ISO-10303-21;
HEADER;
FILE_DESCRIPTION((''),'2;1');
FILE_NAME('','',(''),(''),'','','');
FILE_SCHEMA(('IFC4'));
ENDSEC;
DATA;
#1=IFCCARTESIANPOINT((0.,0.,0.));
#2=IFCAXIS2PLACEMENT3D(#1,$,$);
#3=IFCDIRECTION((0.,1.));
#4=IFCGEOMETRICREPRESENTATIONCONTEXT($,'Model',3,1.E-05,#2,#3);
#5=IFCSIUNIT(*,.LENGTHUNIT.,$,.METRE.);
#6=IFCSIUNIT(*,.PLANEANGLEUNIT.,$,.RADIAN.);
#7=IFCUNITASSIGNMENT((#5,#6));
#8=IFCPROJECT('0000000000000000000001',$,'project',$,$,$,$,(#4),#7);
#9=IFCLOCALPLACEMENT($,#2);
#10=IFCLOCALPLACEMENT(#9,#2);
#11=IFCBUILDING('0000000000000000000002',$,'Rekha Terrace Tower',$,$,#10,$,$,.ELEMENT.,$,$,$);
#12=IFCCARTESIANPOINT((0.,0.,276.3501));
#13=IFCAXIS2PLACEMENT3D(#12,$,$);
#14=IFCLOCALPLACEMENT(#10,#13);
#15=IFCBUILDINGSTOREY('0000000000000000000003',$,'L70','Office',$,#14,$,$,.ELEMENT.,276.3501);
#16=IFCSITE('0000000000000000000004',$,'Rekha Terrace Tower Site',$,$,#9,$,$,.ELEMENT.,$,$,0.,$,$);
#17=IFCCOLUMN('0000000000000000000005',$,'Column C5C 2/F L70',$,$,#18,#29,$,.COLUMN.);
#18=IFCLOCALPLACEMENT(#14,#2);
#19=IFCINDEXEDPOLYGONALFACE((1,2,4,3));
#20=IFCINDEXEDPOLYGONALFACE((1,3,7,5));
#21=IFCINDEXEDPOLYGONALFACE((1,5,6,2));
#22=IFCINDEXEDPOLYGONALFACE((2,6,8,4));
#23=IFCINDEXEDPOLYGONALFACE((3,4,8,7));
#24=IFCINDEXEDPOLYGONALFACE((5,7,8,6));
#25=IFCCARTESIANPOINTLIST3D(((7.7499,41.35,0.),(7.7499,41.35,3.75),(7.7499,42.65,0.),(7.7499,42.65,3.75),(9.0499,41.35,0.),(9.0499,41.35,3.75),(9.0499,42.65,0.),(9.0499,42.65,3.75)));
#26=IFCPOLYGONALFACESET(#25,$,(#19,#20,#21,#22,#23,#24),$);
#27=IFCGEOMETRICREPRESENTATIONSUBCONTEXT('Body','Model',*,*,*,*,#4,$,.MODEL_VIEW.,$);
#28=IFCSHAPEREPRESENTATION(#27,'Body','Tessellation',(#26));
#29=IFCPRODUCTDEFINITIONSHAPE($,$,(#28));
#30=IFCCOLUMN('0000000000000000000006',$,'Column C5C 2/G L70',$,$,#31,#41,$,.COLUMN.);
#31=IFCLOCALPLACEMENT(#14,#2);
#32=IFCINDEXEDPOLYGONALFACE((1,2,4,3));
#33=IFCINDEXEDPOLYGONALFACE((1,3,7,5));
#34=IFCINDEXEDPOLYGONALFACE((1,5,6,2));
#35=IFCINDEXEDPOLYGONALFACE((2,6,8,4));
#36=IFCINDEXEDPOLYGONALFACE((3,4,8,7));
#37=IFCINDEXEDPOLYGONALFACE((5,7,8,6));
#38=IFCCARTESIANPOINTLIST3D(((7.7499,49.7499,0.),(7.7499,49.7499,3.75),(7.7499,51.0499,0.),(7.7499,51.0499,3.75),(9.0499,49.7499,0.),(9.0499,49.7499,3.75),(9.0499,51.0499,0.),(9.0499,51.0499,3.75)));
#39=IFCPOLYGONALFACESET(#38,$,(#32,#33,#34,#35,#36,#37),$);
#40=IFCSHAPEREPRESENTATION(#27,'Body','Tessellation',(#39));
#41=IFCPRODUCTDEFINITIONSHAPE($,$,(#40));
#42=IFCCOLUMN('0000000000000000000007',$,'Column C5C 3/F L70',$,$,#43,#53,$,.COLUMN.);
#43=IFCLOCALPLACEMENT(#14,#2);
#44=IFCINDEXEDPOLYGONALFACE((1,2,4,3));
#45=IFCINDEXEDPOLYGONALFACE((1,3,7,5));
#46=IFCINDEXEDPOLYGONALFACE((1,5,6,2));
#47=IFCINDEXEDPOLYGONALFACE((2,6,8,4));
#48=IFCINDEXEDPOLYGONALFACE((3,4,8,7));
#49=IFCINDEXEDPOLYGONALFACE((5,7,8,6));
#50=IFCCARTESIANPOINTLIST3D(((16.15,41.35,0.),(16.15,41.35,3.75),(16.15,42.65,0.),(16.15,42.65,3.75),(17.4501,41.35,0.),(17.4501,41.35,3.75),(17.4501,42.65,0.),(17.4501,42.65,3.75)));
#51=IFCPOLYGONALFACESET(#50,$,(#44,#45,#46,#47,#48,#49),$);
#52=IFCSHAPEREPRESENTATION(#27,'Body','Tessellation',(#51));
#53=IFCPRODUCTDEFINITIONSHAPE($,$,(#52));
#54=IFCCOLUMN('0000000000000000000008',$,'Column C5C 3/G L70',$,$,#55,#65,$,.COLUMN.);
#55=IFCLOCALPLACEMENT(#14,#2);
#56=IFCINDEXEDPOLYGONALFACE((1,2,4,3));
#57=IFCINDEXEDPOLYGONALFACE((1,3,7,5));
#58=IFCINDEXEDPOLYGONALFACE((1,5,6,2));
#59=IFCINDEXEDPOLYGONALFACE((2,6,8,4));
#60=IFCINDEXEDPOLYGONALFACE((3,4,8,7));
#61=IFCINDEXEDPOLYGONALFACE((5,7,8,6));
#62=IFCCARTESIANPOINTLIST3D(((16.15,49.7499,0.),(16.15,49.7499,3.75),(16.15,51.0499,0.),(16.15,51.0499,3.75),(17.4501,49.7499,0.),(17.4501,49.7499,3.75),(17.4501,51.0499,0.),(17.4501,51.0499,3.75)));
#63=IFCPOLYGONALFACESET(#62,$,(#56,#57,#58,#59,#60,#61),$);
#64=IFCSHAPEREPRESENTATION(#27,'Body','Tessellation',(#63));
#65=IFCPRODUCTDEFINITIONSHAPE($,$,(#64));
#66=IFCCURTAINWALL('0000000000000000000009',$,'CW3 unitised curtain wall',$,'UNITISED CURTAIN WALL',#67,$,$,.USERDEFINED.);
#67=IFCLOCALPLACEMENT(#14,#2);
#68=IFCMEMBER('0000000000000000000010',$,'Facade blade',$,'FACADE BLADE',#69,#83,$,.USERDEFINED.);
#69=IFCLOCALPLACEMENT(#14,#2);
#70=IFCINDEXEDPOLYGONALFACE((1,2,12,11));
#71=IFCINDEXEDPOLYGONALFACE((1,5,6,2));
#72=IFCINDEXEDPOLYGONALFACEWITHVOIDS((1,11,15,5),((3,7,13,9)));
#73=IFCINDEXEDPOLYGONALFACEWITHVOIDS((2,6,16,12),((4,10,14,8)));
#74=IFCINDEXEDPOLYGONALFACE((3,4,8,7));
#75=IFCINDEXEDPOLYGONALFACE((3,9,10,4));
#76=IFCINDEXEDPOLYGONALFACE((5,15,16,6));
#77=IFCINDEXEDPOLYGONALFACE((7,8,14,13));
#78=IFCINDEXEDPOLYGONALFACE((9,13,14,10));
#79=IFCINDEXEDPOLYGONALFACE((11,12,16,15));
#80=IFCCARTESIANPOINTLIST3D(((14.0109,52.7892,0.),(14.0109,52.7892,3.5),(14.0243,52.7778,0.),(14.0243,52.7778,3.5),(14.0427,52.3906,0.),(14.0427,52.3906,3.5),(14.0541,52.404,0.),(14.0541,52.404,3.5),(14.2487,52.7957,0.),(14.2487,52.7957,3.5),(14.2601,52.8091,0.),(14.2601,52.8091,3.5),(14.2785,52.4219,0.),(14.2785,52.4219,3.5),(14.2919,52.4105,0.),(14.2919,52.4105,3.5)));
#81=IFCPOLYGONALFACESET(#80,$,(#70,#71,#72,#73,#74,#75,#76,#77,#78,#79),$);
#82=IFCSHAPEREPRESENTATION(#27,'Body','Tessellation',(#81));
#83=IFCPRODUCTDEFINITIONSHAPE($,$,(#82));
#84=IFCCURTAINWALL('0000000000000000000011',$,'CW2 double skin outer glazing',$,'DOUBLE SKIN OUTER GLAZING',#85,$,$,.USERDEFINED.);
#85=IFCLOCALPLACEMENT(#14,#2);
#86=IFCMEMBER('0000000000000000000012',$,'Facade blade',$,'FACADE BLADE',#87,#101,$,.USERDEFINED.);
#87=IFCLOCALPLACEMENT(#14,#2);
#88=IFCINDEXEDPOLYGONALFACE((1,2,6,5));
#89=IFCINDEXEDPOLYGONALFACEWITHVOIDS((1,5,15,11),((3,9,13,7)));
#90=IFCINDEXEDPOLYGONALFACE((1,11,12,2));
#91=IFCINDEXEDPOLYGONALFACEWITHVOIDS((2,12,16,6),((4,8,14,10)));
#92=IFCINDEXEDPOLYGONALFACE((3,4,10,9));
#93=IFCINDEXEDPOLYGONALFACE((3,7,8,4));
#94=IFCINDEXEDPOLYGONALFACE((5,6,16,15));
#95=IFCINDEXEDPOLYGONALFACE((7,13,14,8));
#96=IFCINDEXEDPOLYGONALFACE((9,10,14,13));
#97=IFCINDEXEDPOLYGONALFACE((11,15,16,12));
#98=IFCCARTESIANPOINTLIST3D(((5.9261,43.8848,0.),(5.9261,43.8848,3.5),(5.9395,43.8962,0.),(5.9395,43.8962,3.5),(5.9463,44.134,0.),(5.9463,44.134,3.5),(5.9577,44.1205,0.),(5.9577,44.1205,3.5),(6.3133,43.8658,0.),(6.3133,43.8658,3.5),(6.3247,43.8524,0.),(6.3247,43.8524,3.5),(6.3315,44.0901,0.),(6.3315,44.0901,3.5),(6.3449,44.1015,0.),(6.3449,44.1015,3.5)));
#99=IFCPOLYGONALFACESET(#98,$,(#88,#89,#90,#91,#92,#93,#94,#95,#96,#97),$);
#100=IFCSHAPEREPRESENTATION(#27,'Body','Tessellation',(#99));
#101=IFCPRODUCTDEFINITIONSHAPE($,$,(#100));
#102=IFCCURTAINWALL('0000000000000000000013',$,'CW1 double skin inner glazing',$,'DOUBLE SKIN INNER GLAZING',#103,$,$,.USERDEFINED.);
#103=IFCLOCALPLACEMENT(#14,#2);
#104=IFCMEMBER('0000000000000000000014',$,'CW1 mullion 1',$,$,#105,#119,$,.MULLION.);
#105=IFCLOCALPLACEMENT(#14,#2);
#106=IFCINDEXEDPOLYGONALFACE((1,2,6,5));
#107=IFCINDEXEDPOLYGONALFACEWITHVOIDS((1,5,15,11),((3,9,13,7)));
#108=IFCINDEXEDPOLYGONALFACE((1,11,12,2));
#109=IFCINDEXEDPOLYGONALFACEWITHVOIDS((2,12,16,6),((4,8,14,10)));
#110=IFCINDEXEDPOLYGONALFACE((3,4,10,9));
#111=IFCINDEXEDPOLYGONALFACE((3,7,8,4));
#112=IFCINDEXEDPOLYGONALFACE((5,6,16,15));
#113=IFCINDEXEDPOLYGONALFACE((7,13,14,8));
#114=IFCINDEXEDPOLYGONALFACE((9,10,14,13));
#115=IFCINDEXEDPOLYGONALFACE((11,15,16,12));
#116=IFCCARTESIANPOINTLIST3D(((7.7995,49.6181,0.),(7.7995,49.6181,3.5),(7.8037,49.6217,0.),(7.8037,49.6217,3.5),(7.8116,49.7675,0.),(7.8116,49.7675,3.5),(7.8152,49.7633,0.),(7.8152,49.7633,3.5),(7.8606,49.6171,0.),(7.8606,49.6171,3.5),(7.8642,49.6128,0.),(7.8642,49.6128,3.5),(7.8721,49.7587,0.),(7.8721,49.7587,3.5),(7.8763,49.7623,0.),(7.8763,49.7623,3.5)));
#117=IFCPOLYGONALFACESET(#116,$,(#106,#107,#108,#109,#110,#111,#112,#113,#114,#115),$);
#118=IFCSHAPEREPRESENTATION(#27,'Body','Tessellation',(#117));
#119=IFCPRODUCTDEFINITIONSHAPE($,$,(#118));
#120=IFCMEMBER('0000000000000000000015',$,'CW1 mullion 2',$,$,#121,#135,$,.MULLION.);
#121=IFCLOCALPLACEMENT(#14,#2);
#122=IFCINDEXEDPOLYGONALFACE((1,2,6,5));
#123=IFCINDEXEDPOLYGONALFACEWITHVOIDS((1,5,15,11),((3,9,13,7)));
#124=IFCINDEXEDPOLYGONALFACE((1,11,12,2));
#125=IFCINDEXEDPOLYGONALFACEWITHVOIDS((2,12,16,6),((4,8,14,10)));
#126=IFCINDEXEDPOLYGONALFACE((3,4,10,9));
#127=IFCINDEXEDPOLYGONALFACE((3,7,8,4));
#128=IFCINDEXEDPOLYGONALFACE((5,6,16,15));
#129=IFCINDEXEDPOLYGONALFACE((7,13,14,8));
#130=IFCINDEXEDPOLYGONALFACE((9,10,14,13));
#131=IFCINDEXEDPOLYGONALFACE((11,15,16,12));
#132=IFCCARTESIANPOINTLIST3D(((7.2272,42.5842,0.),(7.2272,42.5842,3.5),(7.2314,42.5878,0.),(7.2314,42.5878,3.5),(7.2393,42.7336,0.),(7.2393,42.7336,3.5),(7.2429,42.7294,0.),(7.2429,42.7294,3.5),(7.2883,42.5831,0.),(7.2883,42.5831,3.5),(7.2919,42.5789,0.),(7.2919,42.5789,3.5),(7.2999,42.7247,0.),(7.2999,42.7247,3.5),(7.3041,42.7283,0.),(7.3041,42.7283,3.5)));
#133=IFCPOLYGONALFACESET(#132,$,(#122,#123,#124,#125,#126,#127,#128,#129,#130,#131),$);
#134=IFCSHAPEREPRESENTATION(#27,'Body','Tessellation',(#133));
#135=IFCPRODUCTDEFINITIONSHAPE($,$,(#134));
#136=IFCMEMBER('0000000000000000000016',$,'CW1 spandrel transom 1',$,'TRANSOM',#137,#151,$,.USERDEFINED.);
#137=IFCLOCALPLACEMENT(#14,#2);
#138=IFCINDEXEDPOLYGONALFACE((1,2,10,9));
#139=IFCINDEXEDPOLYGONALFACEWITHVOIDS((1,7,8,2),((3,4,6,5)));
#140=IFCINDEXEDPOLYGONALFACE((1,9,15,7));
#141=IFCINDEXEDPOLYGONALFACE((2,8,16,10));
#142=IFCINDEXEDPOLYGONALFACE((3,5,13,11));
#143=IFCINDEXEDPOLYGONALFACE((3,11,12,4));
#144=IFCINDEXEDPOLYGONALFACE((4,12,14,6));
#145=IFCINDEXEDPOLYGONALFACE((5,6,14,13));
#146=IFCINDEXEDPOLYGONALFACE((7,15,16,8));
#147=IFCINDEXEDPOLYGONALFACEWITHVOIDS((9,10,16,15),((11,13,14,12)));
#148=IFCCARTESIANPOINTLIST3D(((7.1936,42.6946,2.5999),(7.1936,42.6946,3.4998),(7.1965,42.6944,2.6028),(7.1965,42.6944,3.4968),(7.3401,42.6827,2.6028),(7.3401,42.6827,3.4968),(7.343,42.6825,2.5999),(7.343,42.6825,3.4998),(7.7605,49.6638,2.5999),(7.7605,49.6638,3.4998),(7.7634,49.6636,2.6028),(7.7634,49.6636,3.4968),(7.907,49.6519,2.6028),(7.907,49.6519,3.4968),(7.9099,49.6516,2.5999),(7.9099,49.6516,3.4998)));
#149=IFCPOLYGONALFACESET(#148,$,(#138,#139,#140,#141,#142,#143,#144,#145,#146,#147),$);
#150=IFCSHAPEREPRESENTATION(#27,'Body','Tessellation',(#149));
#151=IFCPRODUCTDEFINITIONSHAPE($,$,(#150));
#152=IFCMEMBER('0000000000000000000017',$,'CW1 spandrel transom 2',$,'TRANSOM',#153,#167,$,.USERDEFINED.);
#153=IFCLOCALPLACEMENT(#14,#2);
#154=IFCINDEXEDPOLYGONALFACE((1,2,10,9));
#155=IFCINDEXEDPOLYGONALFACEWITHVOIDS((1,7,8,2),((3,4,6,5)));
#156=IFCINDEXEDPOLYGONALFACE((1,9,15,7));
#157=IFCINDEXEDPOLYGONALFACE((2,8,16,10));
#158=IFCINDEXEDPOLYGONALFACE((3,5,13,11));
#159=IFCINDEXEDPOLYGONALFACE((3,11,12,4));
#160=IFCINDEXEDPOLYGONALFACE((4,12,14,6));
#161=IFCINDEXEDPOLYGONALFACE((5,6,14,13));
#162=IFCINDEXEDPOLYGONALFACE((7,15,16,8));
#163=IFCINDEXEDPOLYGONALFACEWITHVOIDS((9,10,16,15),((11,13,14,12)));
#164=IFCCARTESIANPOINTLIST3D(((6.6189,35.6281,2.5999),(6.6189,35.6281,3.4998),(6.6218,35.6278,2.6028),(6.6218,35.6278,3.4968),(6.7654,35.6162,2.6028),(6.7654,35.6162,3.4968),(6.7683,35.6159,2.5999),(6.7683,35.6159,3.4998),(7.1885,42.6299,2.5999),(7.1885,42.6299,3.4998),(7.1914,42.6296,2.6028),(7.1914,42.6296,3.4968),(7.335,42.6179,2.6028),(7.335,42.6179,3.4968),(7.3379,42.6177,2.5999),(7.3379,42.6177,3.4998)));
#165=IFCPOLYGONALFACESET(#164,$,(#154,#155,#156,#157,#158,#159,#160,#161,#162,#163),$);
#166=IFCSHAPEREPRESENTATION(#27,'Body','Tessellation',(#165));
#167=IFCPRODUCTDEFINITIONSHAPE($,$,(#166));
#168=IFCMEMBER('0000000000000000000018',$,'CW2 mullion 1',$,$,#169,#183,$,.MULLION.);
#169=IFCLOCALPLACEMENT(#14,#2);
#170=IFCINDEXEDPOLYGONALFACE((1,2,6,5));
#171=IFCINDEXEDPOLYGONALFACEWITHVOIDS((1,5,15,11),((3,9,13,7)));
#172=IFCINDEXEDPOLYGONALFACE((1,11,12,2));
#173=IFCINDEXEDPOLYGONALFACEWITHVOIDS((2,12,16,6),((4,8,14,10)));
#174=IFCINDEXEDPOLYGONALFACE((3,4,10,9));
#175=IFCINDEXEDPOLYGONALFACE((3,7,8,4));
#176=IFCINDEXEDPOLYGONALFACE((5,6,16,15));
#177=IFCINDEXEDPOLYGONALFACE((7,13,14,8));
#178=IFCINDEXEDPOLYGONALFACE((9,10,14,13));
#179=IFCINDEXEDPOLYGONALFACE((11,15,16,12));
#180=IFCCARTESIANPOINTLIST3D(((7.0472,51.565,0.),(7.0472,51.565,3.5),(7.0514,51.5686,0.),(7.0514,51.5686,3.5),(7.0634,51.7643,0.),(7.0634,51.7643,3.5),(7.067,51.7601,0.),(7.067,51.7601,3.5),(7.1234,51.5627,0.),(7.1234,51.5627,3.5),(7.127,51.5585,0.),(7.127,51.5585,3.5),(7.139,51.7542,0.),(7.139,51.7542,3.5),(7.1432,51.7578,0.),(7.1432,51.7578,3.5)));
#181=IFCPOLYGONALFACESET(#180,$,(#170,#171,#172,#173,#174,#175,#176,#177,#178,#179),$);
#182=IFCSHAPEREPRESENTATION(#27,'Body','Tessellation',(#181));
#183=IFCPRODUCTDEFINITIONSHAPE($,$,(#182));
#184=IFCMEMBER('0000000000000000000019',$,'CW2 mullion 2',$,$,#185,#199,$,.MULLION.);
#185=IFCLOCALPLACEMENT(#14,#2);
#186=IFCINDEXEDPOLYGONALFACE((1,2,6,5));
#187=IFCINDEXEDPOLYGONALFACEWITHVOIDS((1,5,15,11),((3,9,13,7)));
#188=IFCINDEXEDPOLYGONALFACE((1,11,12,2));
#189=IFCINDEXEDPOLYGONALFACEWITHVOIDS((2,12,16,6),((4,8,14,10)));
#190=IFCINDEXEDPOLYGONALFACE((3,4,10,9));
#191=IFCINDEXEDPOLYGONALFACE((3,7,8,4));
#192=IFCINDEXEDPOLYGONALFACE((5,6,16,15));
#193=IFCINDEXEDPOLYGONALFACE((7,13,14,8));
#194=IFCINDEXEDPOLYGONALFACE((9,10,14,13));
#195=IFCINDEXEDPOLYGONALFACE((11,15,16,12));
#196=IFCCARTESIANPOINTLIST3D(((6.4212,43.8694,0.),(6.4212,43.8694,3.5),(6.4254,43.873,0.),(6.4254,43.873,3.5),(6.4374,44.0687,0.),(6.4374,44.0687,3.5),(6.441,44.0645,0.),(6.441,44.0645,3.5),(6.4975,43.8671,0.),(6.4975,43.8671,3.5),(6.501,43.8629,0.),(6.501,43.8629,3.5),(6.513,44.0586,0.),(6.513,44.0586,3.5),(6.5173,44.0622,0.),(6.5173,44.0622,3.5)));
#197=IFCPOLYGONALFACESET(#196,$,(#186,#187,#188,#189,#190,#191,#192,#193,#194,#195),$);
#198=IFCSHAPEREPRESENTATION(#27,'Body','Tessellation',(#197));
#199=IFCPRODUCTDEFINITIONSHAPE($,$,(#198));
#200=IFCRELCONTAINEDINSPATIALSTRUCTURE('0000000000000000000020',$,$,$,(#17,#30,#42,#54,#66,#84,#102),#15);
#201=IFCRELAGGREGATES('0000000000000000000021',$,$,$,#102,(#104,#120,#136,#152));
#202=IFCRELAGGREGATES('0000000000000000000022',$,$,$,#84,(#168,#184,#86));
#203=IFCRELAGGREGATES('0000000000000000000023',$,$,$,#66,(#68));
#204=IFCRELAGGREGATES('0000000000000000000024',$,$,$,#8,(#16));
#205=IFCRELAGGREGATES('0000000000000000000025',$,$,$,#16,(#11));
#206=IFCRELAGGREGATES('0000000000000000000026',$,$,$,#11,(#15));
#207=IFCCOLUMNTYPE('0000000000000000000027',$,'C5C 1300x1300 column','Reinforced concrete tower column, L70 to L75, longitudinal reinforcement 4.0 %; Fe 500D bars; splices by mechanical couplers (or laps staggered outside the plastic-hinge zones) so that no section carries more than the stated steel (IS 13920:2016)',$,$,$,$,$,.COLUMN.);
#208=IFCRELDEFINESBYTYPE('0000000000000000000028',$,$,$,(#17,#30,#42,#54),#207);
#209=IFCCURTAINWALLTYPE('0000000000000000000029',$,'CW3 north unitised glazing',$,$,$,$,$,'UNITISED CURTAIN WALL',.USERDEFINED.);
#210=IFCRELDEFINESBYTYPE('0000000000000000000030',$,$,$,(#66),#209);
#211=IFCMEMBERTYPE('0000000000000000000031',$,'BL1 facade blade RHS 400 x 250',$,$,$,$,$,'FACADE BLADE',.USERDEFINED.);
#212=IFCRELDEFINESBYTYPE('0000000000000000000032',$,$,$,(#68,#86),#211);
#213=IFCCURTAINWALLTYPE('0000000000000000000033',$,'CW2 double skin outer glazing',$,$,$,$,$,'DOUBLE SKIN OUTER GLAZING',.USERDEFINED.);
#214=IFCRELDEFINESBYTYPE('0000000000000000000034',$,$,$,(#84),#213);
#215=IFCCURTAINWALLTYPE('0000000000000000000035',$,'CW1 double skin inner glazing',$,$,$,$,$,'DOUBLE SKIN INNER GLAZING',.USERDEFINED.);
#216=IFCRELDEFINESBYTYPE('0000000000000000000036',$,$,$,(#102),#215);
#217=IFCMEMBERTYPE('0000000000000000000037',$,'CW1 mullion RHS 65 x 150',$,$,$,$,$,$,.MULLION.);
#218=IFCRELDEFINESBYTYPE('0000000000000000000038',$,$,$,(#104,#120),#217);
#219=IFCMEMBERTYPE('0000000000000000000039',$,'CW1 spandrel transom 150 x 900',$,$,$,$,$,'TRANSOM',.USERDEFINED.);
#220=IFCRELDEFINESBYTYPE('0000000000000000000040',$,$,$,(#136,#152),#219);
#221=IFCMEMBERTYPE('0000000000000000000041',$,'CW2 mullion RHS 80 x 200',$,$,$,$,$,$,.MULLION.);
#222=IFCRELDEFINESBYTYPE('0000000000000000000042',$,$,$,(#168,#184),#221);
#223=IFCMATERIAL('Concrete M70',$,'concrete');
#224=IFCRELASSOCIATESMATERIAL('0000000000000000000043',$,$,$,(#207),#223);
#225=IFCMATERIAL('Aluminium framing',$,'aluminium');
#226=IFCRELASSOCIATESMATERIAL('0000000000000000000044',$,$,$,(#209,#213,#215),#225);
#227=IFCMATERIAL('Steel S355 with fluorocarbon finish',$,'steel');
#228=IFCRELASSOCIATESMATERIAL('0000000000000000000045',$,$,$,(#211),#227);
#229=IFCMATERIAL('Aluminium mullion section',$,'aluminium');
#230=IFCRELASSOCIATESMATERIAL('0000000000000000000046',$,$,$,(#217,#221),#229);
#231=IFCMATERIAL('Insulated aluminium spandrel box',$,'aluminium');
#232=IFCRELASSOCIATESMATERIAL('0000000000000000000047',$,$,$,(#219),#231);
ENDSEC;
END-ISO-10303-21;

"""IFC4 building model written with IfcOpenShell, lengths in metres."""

from ifc_helpers import new_model, si_unit, direction, frame, origin, origin_2d, place, context, subcontext, project, spatial, rectangle, hollow_rectangle, extrude, material, material_profile, profile_set, type_object, element, aggregate, save


model = new_model("IFC4")

# Units and contexts
model_context = context("Model", 3, precision=1e-05, world=origin(), true_north=direction((0.0, 1.0)))
body_context = subcontext(model_context, "Body", "Model", "MODEL_VIEW")
ifc_project = project(units=[si_unit("LENGTHUNIT", "METRE"), si_unit("PLANEANGLEUNIT", "RADIAN")], contexts=[model_context])

# Site, building, storey
site_placement = place(None, origin())
site = spatial("IfcSite", under=ifc_project, at=site_placement, Name="Rekha Terrace Tower Site", CompositionType="ELEMENT", RefElevation=0.0)
building_placement = place(site_placement, origin())
building = spatial("IfcBuilding", under=site, at=building_placement, Name="Rekha Terrace Tower", CompositionType="ELEMENT")
storey_placement = place(building_placement, frame((0.0, 0.0, 276.3501)))
storey = spatial("IfcBuildingStorey", under=building, at=storey_placement, Name="L70", Description="Office", CompositionType="ELEMENT", Elevation=276.3501)

# Columns
ifc_material_1 = material(Name="Concrete M70", Category="concrete")
ifc_material_profile_1 = material_profile(ifc_material_1, rectangle(XDim=1.3, YDim=1.3, at=origin_2d()), Name="RC 1300x1300")
ifc_profile_set_1 = profile_set([ifc_material_profile_1], Name="Concrete M70")
column_type = type_object("IfcColumnType", Name="C5C 1300x1300 column", Description="Reinforced concrete tower column, L70 to L75, longitudinal reinforcement 4.0 %; Fe 500D bars; splices by mechanical couplers (or laps staggered outside the plastic-hinge zones) so that no section carries more than the stated steel (IS 13920:2016)", PredefinedType="COLUMN", material=ifc_profile_set_1)
for number, where, z_axis, x_axis, name in (
    (1, (8.3999, 42.0, 0.0), (0.0, 0.0, 1.0), (1.0, 0.0, 0.0), "Column C5C 2/F L70"),
    (2, (8.3999, 50.3999, 0.0), (0.0, 0.0, 1.0), (1.0, 0.0, 0.0), "Column C5C 2/G L70"),
    (3, (16.8, 42.0, 0.0), (0.0, 0.0, 1.0), (1.0, 0.0, 0.0), "Column C5C 3/F L70"),
    (4, (16.8, 50.3999, 0.0), (0.0, 0.0, 1.0), (1.0, 0.0, 0.0), "Column C5C 3/G L70"),
):
    element("IfcColumn", number, at=place(storey_placement, frame(where, z_axis=z_axis, x_axis=x_axis)), inside=storey, type_object=column_type, Name=name, PredefinedType="COLUMN", context=body_context, shape_type="SweptSolid", body=[
        extrude(rectangle(XDim=1.3, YDim=1.3, at=origin_2d()), origin(), (0.0, 0.0, 1.0), 3.75),
    ])

# Curtain walls, members
ifc_material_2 = material(Name="Aluminium framing", Category="aluminium")
curtain_wall_type_1 = type_object("IfcCurtainWallType", Name="CW3 north unitised glazing", ElementType="UNITISED CURTAIN WALL", PredefinedType="USERDEFINED", material=ifc_material_2)
curtain_wall_1_placement = place(storey_placement, origin())
curtain_wall_1 = element("IfcCurtainWall", 5, at=curtain_wall_1_placement, inside=storey, type_object=curtain_wall_type_1, Name="CW3 unitised curtain wall", ObjectType="UNITISED CURTAIN WALL", PredefinedType="USERDEFINED")
ifc_material_3 = material(Name="Steel S355 with fluorocarbon finish", Category="steel")
ifc_material_profile_2 = material_profile(ifc_material_3, hollow_rectangle(XDim=0.25, YDim=0.3999, WallThickness=0.0125, at=origin_2d()), Name="RHS400x250x12.5")
ifc_profile_set_2 = profile_set([ifc_material_profile_2], Name="Steel S355 with fluorocarbon finish")
member_type_1 = type_object("IfcMemberType", Name="BL1 facade blade RHS 400 x 250", ElementType="FACADE BLADE", PredefinedType="USERDEFINED", material=ifc_profile_set_2)
member_1_placement = place(storey_placement, frame((14.1514, 52.5999, 0.0), z_axis=(0.0, 0.0, 1.0), x_axis=(-0.996836, -0.079486, 0.0)))
member_1 = element("IfcMember", 6, at=member_1_placement, type_object=member_type_1, Name="Facade blade", ObjectType="FACADE BLADE", PredefinedType="USERDEFINED", context=body_context, shape_type="SweptSolid", body=[
    extrude(hollow_rectangle(XDim=0.25, YDim=0.3999, WallThickness=0.0125, at=origin_2d()), origin(), (0.0, 0.0, 1.0), 3.5),
])
curtain_wall_type_2 = type_object("IfcCurtainWallType", Name="CW2 double skin outer glazing", ElementType="DOUBLE SKIN OUTER GLAZING", PredefinedType="USERDEFINED", material=ifc_material_2)
curtain_wall_2_placement = place(storey_placement, origin())
curtain_wall_2 = element("IfcCurtainWall", 7, at=curtain_wall_2_placement, inside=storey, type_object=curtain_wall_type_2, Name="CW2 double skin outer glazing", ObjectType="DOUBLE SKIN OUTER GLAZING", PredefinedType="USERDEFINED")
member_2_placement = place(storey_placement, frame((6.1355, 43.9932, 0.0), z_axis=(0.0, 0.0, 1.0), x_axis=(-0.081069, -0.996709, 0.0)))
member_2 = element("IfcMember", 8, at=member_2_placement, type_object=member_type_1, Name="Facade blade", ObjectType="FACADE BLADE", PredefinedType="USERDEFINED", context=body_context, shape_type="SweptSolid", body=[
    extrude(hollow_rectangle(XDim=0.25, YDim=0.3999, WallThickness=0.0125, at=origin_2d()), origin(), (0.0, 0.0, 1.0), 3.5),
])

# Curtain wall, members
curtain_wall_type_3 = type_object("IfcCurtainWallType", Name="CW1 double skin inner glazing", ElementType="DOUBLE SKIN INNER GLAZING", PredefinedType="USERDEFINED", material=ifc_material_2)
curtain_wall_3_placement = place(storey_placement, origin())
curtain_wall_3 = element("IfcCurtainWall", 9, at=curtain_wall_3_placement, inside=storey, type_object=curtain_wall_type_3, Name="CW1 double skin inner glazing", ObjectType="DOUBLE SKIN INNER GLAZING", PredefinedType="USERDEFINED")
ifc_material_4 = material(Name="Aluminium mullion section", Category="aluminium")
ifc_material_profile_3 = material_profile(ifc_material_4, hollow_rectangle(XDim=0.0649, YDim=0.1499, WallThickness=0.0039, at=origin_2d()), Name="AL RHS 65x150")
ifc_profile_set_3 = profile_set([ifc_material_profile_3], Name="Aluminium mullion section")
member_type_2 = type_object("IfcMemberType", Name="CW1 mullion RHS 65 x 150", PredefinedType="MULLION", material=ifc_profile_set_3)
member_3_placement = place(storey_placement, frame((7.8379, 49.6902, 0.0), z_axis=(0.0, 0.0, 1.0), x_axis=(0.996709, -0.081068, 0.0)))
member_3 = element("IfcMember", 10, at=member_3_placement, type_object=member_type_2, Name="CW1 mullion 1", PredefinedType="MULLION", context=body_context, shape_type="SweptSolid", body=[
    extrude(hollow_rectangle(XDim=0.0649, YDim=0.1499, WallThickness=0.0039, at=origin_2d()), origin(), (0.0, 0.0, 1.0), 3.5),
])
member_4_placement = place(storey_placement, frame((7.2656, 42.6562, 0.0), z_axis=(0.0, 0.0, 1.0), x_axis=(0.996709, -0.081068, 0.0)))
member_4 = element("IfcMember", 11, at=member_4_placement, type_object=member_type_2, Name="CW1 mullion 2", PredefinedType="MULLION", context=body_context, shape_type="SweptSolid", body=[
    extrude(hollow_rectangle(XDim=0.0649, YDim=0.1499, WallThickness=0.0039, at=origin_2d()), origin(), (0.0, 0.0, 1.0), 3.5),
])
ifc_material_5 = material(Name="Insulated aluminium spandrel box", Category="aluminium")
ifc_material_profile_4 = material_profile(ifc_material_5, hollow_rectangle(XDim=0.1499, YDim=0.8999, WallThickness=0.0029, at=origin_2d()), Name="AL SPANDREL BOX 150x900")
ifc_profile_set_4 = profile_set([ifc_material_profile_4], Name="Insulated aluminium spandrel box")
member_type_3 = type_object("IfcMemberType", Name="CW1 spandrel transom 150 x 900", ElementType="TRANSOM", PredefinedType="USERDEFINED", material=ifc_profile_set_4)
member_5_placement = place(storey_placement, frame((7.8352, 49.6577, 3.0498), z_axis=(-0.081075, -0.996708, 0.0), x_axis=(0.996708, -0.081075, 0.0)))
member_5 = element("IfcMember", 12, at=member_5_placement, type_object=member_type_3, Name="CW1 spandrel transom 1", ObjectType="TRANSOM", PredefinedType="USERDEFINED", context=body_context, shape_type="SweptSolid", body=[
    extrude(hollow_rectangle(XDim=0.1499, YDim=0.8999, WallThickness=0.0029, at=origin_2d()), origin(), (0.0, 0.0, 1.0), 6.9922),
])
member_6_placement = place(storey_placement, frame((7.2632, 42.6238, 3.0498), z_axis=(-0.081081, -0.996708, 0.0), x_axis=(0.996708, -0.081081, 0.0)))
member_6 = element("IfcMember", 13, at=member_6_placement, type_object=member_type_3, Name="CW1 spandrel transom 2", ObjectType="TRANSOM", PredefinedType="USERDEFINED", context=body_context, shape_type="SweptSolid", body=[
    extrude(hollow_rectangle(XDim=0.1499, YDim=0.8999, WallThickness=0.0029, at=origin_2d()), origin(), (0.0, 0.0, 1.0), 7.0249),
])

# Members
ifc_material_profile_5 = material_profile(ifc_material_4, hollow_rectangle(XDim=0.0801, YDim=0.2, WallThickness=0.0039, at=origin_2d()), Name="AL RHS 80x200")
ifc_profile_set_5 = profile_set([ifc_material_profile_5], Name="Aluminium mullion section")
member_type_4 = type_object("IfcMemberType", Name="CW2 mullion RHS 80 x 200", PredefinedType="MULLION", material=ifc_profile_set_5)
member_7_placement = place(storey_placement, frame((7.0952, 51.6614, 0.0), z_axis=(0.0, 0.0, 1.0), x_axis=(0.996709, -0.081068, 0.0)))
member_7 = element("IfcMember", 14, at=member_7_placement, type_object=member_type_4, Name="CW2 mullion 1", PredefinedType="MULLION", context=body_context, shape_type="SweptSolid", body=[
    extrude(hollow_rectangle(XDim=0.0801, YDim=0.2, WallThickness=0.0039, at=origin_2d()), origin(), (0.0, 0.0, 1.0), 3.5),
])
member_8_placement = place(storey_placement, frame((6.4692, 43.9658, 0.0), z_axis=(0.0, 0.0, 1.0), x_axis=(0.996709, -0.081068, 0.0)))
member_8 = element("IfcMember", 15, at=member_8_placement, type_object=member_type_4, Name="CW2 mullion 2", PredefinedType="MULLION", context=body_context, shape_type="SweptSolid", body=[
    extrude(hollow_rectangle(XDim=0.0801, YDim=0.2, WallThickness=0.0039, at=origin_2d()), origin(), (0.0, 0.0, 1.0), 3.5),
])

aggregate(curtain_wall_3, [member_3, member_4, member_5, member_6])
aggregate(curtain_wall_2, [member_7, member_8, member_2])
aggregate(curtain_wall_1, [member_1])

save(model, "model.ifc")
